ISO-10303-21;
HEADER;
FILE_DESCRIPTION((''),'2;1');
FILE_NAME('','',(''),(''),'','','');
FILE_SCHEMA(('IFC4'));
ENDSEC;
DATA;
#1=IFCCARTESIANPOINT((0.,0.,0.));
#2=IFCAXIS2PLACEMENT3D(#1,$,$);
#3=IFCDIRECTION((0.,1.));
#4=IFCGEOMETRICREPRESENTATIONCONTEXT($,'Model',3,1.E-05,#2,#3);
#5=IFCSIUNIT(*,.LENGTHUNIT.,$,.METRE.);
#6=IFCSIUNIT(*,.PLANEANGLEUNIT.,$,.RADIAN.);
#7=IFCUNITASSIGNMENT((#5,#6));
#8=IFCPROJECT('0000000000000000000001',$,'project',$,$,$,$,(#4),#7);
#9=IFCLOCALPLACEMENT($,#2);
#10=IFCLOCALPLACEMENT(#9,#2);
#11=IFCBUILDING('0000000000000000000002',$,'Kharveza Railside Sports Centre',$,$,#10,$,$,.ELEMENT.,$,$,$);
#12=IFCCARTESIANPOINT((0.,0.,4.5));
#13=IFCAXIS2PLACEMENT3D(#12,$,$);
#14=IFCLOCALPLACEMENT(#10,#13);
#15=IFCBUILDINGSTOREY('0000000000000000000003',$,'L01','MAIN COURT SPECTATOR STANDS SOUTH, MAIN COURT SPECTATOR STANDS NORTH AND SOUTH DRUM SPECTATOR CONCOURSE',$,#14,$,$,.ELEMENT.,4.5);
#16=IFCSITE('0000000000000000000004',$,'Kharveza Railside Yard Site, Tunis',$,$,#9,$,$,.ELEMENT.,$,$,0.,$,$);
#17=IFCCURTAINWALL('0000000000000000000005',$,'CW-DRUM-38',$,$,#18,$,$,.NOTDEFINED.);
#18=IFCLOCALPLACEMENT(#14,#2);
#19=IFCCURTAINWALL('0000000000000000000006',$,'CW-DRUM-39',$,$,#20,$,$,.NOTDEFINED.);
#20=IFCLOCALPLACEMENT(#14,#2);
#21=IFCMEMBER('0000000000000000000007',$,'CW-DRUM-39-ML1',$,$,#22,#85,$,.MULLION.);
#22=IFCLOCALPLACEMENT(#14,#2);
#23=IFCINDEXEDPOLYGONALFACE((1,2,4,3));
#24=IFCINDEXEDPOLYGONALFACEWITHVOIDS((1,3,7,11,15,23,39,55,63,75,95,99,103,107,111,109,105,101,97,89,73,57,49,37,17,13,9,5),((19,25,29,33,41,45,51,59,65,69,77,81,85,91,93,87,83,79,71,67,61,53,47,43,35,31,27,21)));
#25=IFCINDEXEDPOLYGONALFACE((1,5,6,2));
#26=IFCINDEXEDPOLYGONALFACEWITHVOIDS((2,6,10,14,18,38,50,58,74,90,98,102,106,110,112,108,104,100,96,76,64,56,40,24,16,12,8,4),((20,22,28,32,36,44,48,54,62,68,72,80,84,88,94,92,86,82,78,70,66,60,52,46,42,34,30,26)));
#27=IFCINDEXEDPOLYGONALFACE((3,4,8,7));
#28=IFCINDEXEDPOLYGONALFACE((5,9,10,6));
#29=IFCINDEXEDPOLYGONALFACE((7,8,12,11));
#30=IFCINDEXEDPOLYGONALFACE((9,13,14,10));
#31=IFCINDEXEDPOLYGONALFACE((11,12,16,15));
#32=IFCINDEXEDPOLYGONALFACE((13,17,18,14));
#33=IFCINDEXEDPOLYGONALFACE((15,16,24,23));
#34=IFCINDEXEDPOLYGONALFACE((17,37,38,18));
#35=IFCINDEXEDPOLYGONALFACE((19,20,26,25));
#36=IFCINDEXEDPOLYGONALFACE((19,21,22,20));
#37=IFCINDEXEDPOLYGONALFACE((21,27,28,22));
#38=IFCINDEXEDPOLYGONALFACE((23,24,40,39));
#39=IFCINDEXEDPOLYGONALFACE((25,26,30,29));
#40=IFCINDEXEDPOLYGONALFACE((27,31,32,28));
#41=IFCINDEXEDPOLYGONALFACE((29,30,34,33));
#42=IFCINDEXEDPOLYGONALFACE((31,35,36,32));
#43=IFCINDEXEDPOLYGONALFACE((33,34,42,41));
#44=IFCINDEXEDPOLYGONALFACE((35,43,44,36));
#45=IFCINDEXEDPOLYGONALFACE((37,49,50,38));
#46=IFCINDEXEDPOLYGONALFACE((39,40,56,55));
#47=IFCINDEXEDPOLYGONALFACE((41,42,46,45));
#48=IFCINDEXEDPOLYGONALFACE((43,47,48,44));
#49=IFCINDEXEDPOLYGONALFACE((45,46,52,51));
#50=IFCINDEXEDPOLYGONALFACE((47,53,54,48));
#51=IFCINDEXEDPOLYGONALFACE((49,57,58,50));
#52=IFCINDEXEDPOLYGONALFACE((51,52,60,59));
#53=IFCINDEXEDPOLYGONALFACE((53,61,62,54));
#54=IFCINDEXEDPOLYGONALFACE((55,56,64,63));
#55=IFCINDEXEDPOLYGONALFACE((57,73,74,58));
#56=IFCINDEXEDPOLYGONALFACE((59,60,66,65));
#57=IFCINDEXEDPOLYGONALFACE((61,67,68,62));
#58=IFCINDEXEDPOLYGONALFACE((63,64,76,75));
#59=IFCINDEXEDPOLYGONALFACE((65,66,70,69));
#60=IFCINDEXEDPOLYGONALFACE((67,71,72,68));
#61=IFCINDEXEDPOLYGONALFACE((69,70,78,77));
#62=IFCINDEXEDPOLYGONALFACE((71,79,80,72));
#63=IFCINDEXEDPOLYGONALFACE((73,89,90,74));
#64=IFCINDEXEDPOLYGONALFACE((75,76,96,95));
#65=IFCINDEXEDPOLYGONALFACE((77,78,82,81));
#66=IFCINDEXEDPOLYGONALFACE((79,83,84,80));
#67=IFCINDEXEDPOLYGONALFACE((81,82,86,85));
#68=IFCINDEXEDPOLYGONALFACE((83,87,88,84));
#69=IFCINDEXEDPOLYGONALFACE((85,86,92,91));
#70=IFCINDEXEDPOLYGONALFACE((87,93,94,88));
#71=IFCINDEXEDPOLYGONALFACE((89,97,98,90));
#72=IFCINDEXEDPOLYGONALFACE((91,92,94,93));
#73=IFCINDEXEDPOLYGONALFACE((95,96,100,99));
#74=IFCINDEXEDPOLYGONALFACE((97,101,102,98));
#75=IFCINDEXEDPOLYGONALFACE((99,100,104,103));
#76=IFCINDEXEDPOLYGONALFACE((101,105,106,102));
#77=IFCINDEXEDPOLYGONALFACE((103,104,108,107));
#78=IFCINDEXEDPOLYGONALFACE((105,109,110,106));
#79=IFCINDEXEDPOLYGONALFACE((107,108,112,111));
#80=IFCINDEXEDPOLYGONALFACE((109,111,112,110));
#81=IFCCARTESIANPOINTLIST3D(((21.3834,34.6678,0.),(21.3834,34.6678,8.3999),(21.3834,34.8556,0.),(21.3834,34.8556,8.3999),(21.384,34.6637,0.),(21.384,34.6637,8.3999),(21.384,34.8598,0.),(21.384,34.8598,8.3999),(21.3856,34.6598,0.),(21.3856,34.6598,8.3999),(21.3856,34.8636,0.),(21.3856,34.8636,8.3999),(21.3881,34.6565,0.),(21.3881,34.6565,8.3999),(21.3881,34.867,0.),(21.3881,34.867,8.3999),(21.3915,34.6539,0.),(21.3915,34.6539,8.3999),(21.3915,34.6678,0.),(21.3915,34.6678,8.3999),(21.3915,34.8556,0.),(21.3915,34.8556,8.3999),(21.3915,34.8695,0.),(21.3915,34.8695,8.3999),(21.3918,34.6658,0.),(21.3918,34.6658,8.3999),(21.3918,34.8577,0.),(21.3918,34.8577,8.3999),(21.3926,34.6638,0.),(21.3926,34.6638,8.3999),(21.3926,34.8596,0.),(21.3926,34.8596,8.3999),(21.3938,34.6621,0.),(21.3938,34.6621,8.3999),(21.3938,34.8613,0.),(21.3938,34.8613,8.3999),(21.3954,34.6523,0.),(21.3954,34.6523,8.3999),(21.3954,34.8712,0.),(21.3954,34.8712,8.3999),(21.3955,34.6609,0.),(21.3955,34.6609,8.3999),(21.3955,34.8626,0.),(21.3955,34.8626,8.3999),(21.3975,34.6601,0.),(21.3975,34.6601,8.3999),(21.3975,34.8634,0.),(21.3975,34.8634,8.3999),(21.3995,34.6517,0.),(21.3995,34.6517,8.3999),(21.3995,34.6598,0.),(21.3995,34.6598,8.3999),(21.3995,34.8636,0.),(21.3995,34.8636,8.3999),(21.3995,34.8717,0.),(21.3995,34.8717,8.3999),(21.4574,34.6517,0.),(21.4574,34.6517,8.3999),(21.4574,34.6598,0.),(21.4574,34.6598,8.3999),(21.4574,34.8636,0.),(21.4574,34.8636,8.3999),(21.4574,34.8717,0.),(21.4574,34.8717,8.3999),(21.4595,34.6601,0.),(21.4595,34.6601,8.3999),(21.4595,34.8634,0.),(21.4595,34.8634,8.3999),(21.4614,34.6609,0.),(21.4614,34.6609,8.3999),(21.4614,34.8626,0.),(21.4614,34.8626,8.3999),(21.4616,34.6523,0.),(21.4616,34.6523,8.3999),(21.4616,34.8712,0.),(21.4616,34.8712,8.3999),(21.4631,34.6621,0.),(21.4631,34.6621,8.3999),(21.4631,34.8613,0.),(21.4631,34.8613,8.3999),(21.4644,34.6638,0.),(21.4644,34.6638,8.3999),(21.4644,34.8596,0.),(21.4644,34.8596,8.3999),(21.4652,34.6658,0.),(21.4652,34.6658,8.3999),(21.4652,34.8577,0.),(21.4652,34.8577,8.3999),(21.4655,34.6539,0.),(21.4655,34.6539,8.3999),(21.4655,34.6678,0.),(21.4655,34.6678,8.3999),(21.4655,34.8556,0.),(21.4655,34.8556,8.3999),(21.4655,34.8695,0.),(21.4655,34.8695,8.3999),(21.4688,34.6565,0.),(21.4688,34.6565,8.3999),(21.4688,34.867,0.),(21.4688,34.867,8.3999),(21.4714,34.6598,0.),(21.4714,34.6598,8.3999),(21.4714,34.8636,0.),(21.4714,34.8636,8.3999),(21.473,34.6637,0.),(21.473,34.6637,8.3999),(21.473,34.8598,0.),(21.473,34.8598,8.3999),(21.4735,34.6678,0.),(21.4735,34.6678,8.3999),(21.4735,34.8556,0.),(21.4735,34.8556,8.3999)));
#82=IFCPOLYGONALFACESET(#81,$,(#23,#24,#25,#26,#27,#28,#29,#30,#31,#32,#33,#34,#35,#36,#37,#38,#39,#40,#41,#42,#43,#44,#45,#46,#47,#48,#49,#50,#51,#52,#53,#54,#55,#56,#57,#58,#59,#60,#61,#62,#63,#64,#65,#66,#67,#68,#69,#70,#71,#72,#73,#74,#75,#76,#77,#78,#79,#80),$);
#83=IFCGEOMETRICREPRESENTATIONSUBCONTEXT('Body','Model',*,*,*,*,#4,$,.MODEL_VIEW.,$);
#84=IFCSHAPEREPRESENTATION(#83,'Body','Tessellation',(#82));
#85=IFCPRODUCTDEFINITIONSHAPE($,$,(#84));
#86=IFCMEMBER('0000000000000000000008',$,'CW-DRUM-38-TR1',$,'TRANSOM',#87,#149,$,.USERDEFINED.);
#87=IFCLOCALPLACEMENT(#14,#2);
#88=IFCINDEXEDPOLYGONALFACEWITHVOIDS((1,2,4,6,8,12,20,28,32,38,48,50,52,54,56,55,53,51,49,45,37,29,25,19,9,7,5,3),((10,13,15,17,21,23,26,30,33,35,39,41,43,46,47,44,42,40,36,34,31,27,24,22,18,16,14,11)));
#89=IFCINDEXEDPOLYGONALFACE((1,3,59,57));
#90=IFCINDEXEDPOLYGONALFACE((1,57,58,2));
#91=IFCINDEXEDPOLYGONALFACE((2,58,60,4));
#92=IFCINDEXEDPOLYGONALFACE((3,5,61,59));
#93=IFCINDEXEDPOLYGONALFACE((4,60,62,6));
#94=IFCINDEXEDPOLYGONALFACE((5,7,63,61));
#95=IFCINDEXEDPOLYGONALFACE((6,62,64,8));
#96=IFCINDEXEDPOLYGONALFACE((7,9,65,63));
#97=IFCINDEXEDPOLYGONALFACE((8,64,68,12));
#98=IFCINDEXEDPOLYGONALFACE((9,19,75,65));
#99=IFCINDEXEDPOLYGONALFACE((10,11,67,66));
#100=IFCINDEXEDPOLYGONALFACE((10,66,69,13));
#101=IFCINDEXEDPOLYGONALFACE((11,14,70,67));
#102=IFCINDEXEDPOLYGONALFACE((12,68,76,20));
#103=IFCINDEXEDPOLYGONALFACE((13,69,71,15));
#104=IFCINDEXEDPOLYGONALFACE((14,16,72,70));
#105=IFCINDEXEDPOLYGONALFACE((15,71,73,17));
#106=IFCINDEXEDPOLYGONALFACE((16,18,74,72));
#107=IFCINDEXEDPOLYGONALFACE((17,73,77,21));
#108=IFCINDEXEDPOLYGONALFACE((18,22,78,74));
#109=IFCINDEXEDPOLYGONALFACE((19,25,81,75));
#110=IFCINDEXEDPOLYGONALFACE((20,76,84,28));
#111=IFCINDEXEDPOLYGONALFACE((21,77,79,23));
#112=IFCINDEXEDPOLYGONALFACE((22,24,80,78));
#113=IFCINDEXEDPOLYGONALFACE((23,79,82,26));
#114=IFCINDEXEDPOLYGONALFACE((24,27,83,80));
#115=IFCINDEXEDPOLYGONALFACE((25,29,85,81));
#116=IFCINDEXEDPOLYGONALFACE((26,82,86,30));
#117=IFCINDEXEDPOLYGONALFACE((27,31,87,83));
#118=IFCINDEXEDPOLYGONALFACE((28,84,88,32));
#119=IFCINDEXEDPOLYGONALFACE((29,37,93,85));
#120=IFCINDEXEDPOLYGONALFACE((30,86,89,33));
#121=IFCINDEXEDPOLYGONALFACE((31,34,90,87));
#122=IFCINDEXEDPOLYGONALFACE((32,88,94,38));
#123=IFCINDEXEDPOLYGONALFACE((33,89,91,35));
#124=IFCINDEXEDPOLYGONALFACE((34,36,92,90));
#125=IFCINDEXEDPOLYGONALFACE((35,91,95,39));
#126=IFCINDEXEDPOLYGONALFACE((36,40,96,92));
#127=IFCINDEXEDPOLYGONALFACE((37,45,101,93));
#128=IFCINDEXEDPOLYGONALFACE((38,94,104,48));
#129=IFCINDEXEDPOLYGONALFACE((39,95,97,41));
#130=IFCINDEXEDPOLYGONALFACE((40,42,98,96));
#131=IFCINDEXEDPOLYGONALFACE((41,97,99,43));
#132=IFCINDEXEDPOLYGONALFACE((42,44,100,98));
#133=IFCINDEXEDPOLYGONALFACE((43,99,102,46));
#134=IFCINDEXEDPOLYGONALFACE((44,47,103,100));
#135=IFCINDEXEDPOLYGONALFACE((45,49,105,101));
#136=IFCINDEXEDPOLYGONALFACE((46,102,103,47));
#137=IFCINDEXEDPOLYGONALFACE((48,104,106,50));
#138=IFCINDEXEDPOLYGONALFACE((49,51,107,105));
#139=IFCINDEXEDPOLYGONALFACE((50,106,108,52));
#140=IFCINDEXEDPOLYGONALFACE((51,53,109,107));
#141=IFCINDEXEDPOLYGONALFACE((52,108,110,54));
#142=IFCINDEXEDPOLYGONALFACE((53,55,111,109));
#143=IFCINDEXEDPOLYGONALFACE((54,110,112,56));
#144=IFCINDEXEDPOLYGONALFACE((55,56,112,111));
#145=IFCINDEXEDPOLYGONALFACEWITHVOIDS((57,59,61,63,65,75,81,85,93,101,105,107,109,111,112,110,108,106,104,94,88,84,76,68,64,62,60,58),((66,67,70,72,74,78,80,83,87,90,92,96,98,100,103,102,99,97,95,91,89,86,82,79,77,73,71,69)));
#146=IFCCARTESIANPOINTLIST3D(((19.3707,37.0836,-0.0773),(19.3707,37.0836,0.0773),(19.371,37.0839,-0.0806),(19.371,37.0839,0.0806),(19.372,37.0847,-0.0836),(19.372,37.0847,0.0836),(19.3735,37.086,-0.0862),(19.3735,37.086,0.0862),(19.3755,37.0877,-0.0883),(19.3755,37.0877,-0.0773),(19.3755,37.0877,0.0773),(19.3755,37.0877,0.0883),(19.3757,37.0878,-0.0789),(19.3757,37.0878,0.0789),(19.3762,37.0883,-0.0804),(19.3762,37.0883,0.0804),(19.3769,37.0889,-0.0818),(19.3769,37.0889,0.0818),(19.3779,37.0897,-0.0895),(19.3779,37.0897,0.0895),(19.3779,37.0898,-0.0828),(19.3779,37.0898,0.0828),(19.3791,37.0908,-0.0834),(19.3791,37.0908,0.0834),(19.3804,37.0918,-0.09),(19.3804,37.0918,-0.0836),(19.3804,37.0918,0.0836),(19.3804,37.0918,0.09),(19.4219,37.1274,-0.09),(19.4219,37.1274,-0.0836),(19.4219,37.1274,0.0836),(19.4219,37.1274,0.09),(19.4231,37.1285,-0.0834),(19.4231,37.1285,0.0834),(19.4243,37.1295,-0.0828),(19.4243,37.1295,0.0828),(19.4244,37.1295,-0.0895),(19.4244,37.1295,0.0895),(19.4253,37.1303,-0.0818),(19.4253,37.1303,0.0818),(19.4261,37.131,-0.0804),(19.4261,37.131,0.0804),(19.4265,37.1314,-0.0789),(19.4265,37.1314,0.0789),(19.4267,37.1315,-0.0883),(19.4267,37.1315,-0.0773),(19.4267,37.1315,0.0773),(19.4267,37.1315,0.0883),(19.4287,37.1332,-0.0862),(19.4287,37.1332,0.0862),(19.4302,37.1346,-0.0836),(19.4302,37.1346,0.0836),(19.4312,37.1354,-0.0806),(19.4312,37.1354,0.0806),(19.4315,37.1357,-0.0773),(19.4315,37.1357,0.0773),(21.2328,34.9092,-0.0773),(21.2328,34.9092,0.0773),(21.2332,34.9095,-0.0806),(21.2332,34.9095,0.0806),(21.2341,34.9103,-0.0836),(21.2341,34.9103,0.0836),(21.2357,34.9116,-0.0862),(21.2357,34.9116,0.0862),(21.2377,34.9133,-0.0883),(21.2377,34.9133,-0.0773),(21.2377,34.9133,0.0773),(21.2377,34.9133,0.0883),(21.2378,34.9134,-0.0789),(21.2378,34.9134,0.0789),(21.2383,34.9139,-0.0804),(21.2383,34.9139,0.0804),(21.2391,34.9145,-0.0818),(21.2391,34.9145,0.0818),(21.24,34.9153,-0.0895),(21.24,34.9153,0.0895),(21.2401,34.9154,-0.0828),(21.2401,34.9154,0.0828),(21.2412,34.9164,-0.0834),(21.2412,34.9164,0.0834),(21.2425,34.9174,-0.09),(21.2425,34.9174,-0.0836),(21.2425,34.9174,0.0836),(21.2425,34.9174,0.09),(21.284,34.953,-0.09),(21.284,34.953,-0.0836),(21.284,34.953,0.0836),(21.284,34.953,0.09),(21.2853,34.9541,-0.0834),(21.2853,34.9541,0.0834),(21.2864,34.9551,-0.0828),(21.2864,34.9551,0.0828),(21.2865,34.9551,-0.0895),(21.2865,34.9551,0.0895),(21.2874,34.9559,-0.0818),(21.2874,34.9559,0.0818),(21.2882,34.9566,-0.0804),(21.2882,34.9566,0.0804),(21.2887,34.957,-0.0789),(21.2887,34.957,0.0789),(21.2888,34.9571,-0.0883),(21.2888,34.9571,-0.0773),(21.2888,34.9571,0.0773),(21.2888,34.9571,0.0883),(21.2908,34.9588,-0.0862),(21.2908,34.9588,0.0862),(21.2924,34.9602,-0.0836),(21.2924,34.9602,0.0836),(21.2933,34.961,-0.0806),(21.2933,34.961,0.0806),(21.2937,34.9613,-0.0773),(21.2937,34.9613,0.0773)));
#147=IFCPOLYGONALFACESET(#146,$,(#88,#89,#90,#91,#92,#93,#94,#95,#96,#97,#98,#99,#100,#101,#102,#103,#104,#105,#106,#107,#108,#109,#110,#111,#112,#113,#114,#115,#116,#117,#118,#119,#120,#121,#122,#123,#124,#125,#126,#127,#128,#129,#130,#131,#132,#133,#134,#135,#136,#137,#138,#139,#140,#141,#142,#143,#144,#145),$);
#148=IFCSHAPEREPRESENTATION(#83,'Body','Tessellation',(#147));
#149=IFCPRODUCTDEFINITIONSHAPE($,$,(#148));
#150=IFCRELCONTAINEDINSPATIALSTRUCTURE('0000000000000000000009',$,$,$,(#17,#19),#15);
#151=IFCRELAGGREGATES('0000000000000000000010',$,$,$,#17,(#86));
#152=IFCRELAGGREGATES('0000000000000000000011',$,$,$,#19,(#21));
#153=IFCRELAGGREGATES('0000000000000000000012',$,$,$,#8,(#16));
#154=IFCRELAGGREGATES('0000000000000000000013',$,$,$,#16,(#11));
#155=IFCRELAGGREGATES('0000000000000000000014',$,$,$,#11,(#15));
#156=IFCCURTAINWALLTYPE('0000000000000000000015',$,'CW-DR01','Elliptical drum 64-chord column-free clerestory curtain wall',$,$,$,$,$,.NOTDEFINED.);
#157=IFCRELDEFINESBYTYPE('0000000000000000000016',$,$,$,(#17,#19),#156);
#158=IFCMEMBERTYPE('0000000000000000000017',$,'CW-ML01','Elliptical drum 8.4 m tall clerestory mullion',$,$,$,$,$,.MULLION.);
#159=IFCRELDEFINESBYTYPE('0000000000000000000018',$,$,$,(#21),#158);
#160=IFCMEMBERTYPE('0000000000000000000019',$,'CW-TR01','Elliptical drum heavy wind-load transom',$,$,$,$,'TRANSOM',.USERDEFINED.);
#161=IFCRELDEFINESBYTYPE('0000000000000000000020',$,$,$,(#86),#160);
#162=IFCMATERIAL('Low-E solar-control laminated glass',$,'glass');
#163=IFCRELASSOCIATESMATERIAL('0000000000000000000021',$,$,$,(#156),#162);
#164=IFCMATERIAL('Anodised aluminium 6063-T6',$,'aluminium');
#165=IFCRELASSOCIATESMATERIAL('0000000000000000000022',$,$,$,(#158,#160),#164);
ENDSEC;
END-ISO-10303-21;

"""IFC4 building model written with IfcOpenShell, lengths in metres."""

from ifc_helpers import new_model, si_unit, direction, frame, origin, origin_2d, place, context, subcontext, project, spatial, hollow_rectangle, extrude, material, material_profile, profile_set, type_object, element, aggregate, save


model = new_model("IFC4")

# Units and contexts
model_context = context("Model", 3, precision=1e-05, world=origin(), true_north=direction((0.0, 1.0)))
body_context = subcontext(model_context, "Body", "Model", "MODEL_VIEW")
ifc_project = project(units=[si_unit("LENGTHUNIT", "METRE"), si_unit("PLANEANGLEUNIT", "RADIAN")], contexts=[model_context])

# Site, building, storey
site_placement = place(None, origin())
site = spatial("IfcSite", under=ifc_project, at=site_placement, Name="Kharveza Railside Yard Site, Tunis", CompositionType="ELEMENT", RefElevation=0.0)
building_placement = place(site_placement, origin())
building = spatial("IfcBuilding", under=site, at=building_placement, Name="Kharveza Railside Sports Centre", CompositionType="ELEMENT")
storey_placement = place(building_placement, frame((0.0, 0.0, 4.5)))
storey = spatial("IfcBuildingStorey", under=building, at=storey_placement, Name="L01", Description="MAIN COURT SPECTATOR STANDS SOUTH, MAIN COURT SPECTATOR STANDS NORTH AND SOUTH DRUM SPECTATOR CONCOURSE", CompositionType="ELEMENT", Elevation=4.5)

# Shared definitions
ifc_material_1 = material(Name="Low-E solar-control laminated glass", Category="glass")
curtain_wall_type = type_object("IfcCurtainWallType", Name="CW-DR01", Description="Elliptical drum 64-chord column-free clerestory curtain wall", PredefinedType="NOTDEFINED", material=ifc_material_1)
ifc_material_2 = material(Name="Anodised aluminium 6063-T6", Category="aluminium")
ifc_material_profile_1 = material_profile(ifc_material_2, hollow_rectangle(XDim=0.0901, YDim=0.22, WallThickness=0.0081, InnerFilletRadius=0.0081, OuterFilletRadius=0.0161, at=origin_2d()), Name="RHS 90x220x8.0")
ifc_profile_set_1 = profile_set([ifc_material_profile_1], Name="Anodised aluminium 6063-T6")
member_type_1 = type_object("IfcMemberType", Name="CW-ML01", Description="Elliptical drum 8.4 m tall clerestory mullion", PredefinedType="MULLION", material=ifc_profile_set_1)

# Curtain wall
curtain_wall_1_placement = place(storey_placement, origin())
curtain_wall_1 = element("IfcCurtainWall", 1, at=curtain_wall_1_placement, inside=storey, type_object=curtain_wall_type, Name="CW-DRUM-38", PredefinedType="NOTDEFINED")

# Curtain wall, member
curtain_wall_2_placement = place(storey_placement, origin())
curtain_wall_2 = element("IfcCurtainWall", 2, at=curtain_wall_2_placement, inside=storey, type_object=curtain_wall_type, Name="CW-DRUM-39", PredefinedType="NOTDEFINED")
member_1_placement = place(storey_placement, frame((21.4285, 34.7617, 0.0), z_axis=(0.0, 0.0, 1.0), x_axis=(1.0, 0.0, 0.0)))
member_1 = element("IfcMember", 3, at=member_1_placement, type_object=member_type_1, Name="CW-DRUM-39-ML1", PredefinedType="MULLION", context=body_context, shape_type="SweptSolid", body=[
    extrude(hollow_rectangle(XDim=0.0901, YDim=0.22, WallThickness=0.0081, InnerFilletRadius=0.0081, OuterFilletRadius=0.0161, at=origin_2d()), origin(), (0.0, 0.0, 1.0), 8.3999),
])

# Member
ifc_material_profile_2 = material_profile(ifc_material_2, hollow_rectangle(XDim=0.0801, YDim=0.1799, WallThickness=0.0063, InnerFilletRadius=0.0063, OuterFilletRadius=0.0127, at=origin_2d()), Name="RHS 80x180x6.3")
ifc_profile_set_2 = profile_set([ifc_material_profile_2], Name="Anodised aluminium 6063-T6")
member_type_2 = type_object("IfcMemberType", Name="CW-TR01", Description="Elliptical drum heavy wind-load transom", ElementType="TRANSOM", PredefinedType="USERDEFINED", material=ifc_profile_set_2)
member_2_placement = place(storey_placement, frame((19.4011, 37.1096, 0.0), z_axis=(0.650461, -0.759539, 0.0), x_axis=(0.759539, 0.650461, 0.0)))
member_2 = element("IfcMember", 4, at=member_2_placement, type_object=member_type_2, Name="CW-DRUM-38-TR1", ObjectType="TRANSOM", PredefinedType="USERDEFINED", context=body_context, shape_type="SweptSolid", body=[
    extrude(hollow_rectangle(XDim=0.0801, YDim=0.1799, WallThickness=0.0063, InnerFilletRadius=0.0063, OuterFilletRadius=0.0127, at=origin_2d()), origin(), (0.0, 0.0, 1.0), 2.8628),
])

aggregate(curtain_wall_1, [member_2])
aggregate(curtain_wall_2, [member_1])

save(model, "model.ifc")
